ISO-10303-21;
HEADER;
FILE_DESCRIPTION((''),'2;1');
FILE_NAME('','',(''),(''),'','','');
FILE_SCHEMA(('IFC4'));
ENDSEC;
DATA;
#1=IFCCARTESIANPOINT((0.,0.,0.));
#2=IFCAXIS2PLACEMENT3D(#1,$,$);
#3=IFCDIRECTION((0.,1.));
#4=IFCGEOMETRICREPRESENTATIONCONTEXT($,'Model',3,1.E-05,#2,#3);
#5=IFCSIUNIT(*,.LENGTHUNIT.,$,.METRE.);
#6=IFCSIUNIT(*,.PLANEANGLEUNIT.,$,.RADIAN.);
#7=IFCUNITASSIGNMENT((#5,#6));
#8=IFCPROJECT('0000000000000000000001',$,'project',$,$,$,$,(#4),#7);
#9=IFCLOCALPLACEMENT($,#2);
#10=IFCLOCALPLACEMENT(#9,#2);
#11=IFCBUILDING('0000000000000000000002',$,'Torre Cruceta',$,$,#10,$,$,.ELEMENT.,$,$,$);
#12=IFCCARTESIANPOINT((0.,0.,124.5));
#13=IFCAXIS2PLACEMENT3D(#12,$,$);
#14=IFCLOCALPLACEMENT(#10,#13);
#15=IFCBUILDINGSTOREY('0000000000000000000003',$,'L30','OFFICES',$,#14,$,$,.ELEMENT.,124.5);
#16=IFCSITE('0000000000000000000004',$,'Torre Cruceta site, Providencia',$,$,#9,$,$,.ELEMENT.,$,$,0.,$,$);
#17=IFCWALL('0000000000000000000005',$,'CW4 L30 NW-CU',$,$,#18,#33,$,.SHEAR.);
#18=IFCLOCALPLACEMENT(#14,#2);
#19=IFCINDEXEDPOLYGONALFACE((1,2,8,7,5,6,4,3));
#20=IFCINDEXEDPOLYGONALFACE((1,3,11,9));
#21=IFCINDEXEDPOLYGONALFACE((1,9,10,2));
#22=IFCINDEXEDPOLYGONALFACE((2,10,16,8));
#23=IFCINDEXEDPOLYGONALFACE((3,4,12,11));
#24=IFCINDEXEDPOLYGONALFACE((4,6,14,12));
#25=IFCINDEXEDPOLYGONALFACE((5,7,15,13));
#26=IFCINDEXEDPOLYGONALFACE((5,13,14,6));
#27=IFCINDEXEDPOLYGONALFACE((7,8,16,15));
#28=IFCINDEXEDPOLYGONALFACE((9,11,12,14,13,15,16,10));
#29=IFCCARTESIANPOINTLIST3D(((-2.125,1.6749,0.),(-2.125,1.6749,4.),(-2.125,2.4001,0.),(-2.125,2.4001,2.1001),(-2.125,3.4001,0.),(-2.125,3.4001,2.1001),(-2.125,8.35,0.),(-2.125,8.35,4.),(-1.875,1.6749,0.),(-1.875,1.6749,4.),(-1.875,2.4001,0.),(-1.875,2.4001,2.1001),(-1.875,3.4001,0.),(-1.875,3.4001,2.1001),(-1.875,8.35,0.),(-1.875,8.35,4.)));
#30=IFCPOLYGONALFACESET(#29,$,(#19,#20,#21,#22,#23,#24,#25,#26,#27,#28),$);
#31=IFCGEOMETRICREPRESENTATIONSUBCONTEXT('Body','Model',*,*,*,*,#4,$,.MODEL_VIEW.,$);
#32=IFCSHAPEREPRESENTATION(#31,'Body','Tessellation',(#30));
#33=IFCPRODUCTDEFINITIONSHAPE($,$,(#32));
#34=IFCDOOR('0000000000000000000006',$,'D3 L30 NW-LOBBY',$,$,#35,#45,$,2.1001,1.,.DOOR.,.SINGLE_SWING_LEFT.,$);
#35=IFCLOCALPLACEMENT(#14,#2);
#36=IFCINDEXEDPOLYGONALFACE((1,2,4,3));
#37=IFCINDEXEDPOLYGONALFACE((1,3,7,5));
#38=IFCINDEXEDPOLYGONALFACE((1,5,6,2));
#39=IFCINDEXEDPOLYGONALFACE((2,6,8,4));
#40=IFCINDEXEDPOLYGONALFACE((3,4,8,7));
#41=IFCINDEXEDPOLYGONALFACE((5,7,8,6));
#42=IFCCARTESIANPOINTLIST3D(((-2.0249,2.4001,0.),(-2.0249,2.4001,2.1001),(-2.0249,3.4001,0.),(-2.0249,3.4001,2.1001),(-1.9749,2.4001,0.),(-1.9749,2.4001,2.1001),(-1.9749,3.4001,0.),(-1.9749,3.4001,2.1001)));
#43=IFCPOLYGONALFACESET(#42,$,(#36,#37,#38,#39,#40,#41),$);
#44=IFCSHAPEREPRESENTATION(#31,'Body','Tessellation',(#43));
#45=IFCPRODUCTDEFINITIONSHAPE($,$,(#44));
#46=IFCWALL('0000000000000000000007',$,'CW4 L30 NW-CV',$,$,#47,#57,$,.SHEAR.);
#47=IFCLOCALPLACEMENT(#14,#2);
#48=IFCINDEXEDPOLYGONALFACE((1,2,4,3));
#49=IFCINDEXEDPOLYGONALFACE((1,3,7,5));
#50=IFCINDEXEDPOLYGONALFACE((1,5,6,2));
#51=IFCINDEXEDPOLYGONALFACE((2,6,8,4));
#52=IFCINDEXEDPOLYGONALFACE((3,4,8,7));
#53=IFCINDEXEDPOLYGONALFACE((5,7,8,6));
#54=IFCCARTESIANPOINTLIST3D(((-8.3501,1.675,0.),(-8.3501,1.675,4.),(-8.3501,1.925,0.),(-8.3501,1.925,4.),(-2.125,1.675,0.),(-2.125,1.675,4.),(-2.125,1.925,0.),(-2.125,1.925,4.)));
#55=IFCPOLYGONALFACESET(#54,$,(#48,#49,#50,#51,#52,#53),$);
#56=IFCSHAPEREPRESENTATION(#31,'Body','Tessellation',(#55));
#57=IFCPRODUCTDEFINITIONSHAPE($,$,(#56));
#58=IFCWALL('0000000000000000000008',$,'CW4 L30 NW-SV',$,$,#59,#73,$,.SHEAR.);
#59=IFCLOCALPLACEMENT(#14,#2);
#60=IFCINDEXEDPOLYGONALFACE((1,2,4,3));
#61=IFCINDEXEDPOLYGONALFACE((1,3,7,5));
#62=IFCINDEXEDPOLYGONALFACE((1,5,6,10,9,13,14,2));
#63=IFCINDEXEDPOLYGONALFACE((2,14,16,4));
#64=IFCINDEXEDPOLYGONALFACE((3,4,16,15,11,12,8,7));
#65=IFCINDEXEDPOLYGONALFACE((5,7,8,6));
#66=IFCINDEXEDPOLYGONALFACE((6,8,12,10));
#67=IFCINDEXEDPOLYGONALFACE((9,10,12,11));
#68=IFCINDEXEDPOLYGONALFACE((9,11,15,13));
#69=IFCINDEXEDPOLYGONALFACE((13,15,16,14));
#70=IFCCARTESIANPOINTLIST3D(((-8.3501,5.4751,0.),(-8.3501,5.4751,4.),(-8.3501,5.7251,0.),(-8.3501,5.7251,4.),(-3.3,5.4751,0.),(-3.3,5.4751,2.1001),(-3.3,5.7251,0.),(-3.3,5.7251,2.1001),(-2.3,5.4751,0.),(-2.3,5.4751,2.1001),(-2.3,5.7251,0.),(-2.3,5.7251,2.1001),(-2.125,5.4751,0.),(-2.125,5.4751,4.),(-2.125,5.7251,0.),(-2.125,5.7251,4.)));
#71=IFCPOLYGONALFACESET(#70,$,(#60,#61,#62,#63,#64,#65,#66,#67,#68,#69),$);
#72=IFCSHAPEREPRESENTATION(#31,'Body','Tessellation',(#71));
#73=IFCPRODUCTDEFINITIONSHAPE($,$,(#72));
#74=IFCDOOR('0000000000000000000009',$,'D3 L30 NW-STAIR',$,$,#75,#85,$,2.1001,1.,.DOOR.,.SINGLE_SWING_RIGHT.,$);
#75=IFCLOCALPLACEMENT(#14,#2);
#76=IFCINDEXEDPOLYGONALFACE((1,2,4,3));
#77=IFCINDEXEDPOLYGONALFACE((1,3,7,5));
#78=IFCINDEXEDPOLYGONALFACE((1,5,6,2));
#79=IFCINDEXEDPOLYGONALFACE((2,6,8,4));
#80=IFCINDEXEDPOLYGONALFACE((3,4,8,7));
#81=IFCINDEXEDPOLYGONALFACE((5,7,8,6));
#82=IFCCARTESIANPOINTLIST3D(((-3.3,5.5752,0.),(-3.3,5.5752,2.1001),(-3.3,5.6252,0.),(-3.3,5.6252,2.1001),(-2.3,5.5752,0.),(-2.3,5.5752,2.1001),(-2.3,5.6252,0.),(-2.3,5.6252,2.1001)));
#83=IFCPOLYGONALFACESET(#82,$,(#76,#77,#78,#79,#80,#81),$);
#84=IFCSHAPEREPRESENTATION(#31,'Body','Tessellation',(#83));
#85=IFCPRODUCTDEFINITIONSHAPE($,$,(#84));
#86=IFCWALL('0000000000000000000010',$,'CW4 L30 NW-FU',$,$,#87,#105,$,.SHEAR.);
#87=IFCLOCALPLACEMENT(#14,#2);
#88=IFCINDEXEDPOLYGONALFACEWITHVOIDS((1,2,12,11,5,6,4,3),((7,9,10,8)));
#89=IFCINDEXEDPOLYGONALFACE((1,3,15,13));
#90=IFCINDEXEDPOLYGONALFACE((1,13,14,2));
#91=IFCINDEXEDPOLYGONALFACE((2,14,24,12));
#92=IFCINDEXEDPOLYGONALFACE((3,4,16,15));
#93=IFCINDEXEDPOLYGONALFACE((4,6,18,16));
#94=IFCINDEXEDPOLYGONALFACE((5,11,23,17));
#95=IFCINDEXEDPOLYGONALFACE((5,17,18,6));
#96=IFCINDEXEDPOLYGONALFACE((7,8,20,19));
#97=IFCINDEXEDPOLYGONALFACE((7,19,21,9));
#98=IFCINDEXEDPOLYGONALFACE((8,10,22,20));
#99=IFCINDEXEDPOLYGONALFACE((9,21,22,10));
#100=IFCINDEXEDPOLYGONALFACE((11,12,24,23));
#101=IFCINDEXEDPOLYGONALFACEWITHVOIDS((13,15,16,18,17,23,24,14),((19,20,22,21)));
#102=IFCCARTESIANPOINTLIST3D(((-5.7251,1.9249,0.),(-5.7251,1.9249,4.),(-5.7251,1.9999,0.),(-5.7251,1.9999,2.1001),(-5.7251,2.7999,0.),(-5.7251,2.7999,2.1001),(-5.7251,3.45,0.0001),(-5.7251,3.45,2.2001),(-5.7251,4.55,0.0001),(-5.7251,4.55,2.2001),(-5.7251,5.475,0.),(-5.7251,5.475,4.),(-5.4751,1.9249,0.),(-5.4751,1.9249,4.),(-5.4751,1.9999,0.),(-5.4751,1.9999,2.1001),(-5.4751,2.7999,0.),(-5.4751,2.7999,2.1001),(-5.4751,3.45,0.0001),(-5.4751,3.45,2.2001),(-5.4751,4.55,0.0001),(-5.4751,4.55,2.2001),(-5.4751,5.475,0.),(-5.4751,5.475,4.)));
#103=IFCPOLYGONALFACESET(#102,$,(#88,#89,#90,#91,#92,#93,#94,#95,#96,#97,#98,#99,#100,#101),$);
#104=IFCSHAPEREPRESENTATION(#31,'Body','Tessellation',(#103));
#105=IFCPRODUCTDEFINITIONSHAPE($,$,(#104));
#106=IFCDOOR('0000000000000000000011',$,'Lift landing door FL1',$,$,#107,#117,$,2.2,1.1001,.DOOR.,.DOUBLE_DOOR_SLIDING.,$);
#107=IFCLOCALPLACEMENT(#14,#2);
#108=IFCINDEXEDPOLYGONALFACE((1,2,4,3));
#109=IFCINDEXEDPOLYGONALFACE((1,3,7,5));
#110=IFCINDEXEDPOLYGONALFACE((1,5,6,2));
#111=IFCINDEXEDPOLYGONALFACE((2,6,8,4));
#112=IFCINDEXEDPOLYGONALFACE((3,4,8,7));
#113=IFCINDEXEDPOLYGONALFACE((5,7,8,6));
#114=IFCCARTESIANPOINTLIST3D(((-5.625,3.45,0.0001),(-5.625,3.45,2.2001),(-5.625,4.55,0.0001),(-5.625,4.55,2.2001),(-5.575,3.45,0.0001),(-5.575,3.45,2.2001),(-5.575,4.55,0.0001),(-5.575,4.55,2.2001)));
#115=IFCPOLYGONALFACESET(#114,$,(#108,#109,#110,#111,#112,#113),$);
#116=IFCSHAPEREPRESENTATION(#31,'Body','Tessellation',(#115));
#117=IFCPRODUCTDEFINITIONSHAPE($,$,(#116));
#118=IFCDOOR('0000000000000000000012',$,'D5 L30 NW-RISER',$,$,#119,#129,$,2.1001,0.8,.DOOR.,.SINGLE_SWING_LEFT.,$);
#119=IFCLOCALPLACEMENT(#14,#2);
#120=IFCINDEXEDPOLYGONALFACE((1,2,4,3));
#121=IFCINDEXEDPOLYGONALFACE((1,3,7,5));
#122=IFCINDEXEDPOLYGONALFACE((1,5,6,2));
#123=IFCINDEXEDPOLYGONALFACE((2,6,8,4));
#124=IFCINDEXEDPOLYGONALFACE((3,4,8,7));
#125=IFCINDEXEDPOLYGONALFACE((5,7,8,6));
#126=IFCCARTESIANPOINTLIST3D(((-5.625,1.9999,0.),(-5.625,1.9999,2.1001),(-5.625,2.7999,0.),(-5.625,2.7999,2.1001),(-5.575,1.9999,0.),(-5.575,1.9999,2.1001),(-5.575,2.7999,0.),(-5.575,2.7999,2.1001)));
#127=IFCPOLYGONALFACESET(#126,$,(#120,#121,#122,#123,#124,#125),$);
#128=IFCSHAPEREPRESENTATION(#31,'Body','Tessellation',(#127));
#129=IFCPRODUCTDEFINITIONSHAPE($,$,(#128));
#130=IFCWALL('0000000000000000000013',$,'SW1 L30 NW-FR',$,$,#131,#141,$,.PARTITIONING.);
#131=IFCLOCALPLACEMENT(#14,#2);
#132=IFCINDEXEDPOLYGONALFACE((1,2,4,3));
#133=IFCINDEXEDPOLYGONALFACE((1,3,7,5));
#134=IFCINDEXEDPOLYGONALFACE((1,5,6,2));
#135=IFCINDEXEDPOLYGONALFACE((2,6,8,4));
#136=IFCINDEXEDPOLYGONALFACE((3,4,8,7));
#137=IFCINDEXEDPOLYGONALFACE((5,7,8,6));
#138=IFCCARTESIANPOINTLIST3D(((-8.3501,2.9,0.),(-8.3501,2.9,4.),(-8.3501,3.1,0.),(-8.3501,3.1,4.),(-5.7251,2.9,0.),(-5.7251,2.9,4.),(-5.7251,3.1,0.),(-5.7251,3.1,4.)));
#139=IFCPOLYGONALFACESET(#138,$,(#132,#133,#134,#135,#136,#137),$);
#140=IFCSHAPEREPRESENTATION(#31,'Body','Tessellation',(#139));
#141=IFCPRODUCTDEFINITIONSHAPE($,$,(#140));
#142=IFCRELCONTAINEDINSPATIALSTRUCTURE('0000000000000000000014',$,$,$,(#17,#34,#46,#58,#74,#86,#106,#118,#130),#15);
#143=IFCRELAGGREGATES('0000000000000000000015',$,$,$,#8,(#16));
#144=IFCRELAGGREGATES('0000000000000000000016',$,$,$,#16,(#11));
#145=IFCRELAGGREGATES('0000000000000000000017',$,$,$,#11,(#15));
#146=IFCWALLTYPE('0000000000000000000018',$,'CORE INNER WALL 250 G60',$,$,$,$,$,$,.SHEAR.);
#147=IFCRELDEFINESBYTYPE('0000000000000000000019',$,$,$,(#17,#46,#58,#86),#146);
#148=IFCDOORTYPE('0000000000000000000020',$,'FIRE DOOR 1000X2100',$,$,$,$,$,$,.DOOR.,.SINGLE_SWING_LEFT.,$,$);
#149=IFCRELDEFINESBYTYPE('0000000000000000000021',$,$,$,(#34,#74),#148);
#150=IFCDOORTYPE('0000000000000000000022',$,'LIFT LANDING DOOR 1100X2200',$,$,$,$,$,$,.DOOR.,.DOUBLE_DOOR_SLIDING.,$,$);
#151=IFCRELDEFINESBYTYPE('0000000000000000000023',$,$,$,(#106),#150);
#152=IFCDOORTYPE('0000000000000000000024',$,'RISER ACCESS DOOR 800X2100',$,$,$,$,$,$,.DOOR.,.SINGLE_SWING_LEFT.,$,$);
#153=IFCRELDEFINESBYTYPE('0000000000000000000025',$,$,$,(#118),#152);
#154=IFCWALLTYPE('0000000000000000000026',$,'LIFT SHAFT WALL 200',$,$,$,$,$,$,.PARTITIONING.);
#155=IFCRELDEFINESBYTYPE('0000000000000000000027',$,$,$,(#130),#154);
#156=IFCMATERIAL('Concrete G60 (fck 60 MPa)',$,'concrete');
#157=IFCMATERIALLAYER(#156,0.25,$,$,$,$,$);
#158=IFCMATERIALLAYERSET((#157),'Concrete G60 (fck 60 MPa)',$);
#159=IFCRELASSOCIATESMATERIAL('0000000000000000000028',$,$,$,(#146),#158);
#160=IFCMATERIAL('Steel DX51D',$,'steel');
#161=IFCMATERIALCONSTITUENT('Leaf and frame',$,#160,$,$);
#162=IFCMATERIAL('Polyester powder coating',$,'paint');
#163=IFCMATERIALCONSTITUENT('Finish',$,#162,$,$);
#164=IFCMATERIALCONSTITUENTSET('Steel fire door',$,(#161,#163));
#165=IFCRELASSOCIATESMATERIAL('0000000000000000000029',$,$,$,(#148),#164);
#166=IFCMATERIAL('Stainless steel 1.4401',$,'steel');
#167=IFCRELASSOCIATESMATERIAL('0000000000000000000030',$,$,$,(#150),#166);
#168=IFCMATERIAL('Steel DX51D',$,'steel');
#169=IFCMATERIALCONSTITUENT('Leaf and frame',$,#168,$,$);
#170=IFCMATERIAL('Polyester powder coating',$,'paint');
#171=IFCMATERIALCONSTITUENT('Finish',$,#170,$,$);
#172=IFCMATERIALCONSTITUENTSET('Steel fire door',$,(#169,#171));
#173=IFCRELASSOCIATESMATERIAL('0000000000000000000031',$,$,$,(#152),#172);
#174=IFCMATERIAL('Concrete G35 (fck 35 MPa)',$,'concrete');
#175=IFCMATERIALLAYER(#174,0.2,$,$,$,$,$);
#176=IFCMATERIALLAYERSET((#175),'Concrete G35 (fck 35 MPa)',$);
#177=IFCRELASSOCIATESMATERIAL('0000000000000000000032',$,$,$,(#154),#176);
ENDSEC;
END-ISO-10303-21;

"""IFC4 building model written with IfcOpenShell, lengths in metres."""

from ifc_helpers import new_model, si_unit, direction, frame, frame_2d, origin, place, context, subcontext, project, spatial, rectangle, extrude, material, layer, layer_set, constituent, constituent_set, type_object, element, fill, save


model = new_model("IFC4")

# Units and contexts
model_context = context("Model", 3, precision=1e-05, world=origin(), true_north=direction((0.0, 1.0)))
body_context = subcontext(model_context, "Body", "Model", "MODEL_VIEW")
ifc_project = project(units=[si_unit("LENGTHUNIT", "METRE"), si_unit("PLANEANGLEUNIT", "RADIAN")], contexts=[model_context])

# Site, building, storey
site_placement = place(None, origin())
site = spatial("IfcSite", under=ifc_project, at=site_placement, Name="Torre Cruceta site, Providencia", CompositionType="ELEMENT", RefElevation=0.0)
building_placement = place(site_placement, origin())
building = spatial("IfcBuilding", under=site, at=building_placement, Name="Torre Cruceta", CompositionType="ELEMENT")
storey_placement = place(building_placement, frame((0.0, 0.0, 124.5)))
storey = spatial("IfcBuildingStorey", under=building, at=storey_placement, Name="L30", Description="OFFICES", CompositionType="ELEMENT", Elevation=124.5)

# Wall, opening, door
ifc_material_1 = material(Name="Concrete G60 (fck 60 MPa)", Category="concrete")
ifc_layer_1 = layer(ifc_material_1, 0.25)
ifc_layer_set_1 = layer_set([ifc_layer_1], Name="Concrete G60 (fck 60 MPa)")
wall_type_1 = type_object("IfcWallType", Name="CORE INNER WALL 250 G60", PredefinedType="SHEAR", material=ifc_layer_set_1)
wall_1_placement = place(storey_placement, frame((-2.0, 1.675, 0.0), z_axis=(0.0, 0.0, 1.0), x_axis=(0.0, 1.0, 0.0)))
wall_1 = element("IfcWall", 1, at=wall_1_placement, inside=storey, type_object=wall_type_1, Name="CW4 L30 NW-CU", PredefinedType="SHEAR", context=body_context, shape_type="SweptSolid", body=[
    extrude(rectangle(XDim=6.675, YDim=0.25, at=frame_2d((3.3374, 0.0))), origin(), (0.0, 0.0, 1.0), 4.0),
])
opening_1_placement = place(wall_1_placement, frame((0.7251, 0.0, 0.0)))
opening_1 = element("IfcOpeningElement", 2, at=opening_1_placement, cuts=wall_1, PredefinedType="OPENING", context=body_context, shape_type="SweptSolid", body=[
    extrude(rectangle(XDim=1.0, YDim=2.1001, at=frame_2d((0.5, 1.05))), frame((0.0, 0.135, 0.0), z_axis=(0.0, -1.0, 0.0), x_axis=(1.0, 0.0, 0.0)), (0.0, 0.0, 1.0), 0.27),
])
ifc_material_2 = material(Name="Steel DX51D", Category="steel")
ifc_constituent_1 = constituent(ifc_material_2, Name="Leaf and frame")
ifc_material_3 = material(Name="Polyester powder coating", Category="paint")
ifc_constituent_2 = constituent(ifc_material_3, Name="Finish")
ifc_constituent_set_1 = constituent_set(constituents=[ifc_constituent_1, ifc_constituent_2], Name="Steel fire door")
door_type_1 = type_object("IfcDoorType", Name="FIRE DOOR 1000X2100", OperationType="SINGLE_SWING_LEFT", PredefinedType="DOOR", material=ifc_constituent_set_1)
door_1_placement = place(opening_1_placement, origin())
door_1 = element("IfcDoor", 3, at=door_1_placement, inside=storey, type_object=door_type_1, Name="D3 L30 NW-LOBBY", OperationType="SINGLE_SWING_LEFT", OverallHeight=2.1001, OverallWidth=1.0, PredefinedType="DOOR", context=body_context, shape_type="SweptSolid", body=[
    extrude(rectangle(XDim=1.0, YDim=2.1001, at=frame_2d((0.5, 1.05))), frame((0.0, 0.0249, 0.0), z_axis=(0.0, -1.0, 0.0), x_axis=(1.0, 0.0, 0.0)), (0.0, 0.0, 1.0), 0.05),
])
fill(opening_1, door_1)

# Wall
wall_2_placement = place(storey_placement, frame((-2.125, 1.8, 0.0), z_axis=(0.0, 0.0, 1.0), x_axis=(-1.0, 0.0, 0.0)))
element("IfcWall", 4, at=wall_2_placement, inside=storey, type_object=wall_type_1, Name="CW4 L30 NW-CV", PredefinedType="SHEAR", context=body_context, shape_type="SweptSolid", body=[
    extrude(rectangle(XDim=6.2251, YDim=0.25, at=frame_2d((3.1125, 0.0))), origin(), (0.0, 0.0, 1.0), 4.0),
])

# Wall, opening, door
wall_3_placement = place(storey_placement, frame((-2.125, 5.6001, 0.0), z_axis=(0.0, 0.0, 1.0), x_axis=(-1.0, 0.0, 0.0)))
wall_3 = element("IfcWall", 5, at=wall_3_placement, inside=storey, type_object=wall_type_1, Name="CW4 L30 NW-SV", PredefinedType="SHEAR", context=body_context, shape_type="SweptSolid", body=[
    extrude(rectangle(XDim=6.2251, YDim=0.25, at=frame_2d((3.1125, 0.0))), origin(), (0.0, 0.0, 1.0), 4.0),
])
opening_2_placement = place(wall_3_placement, frame((0.175, 0.0, 0.0)))
opening_2 = element("IfcOpeningElement", 6, at=opening_2_placement, cuts=wall_3, PredefinedType="OPENING", context=body_context, shape_type="SweptSolid", body=[
    extrude(rectangle(XDim=1.0, YDim=2.1001, at=frame_2d((0.5, 1.05))), frame((0.0, 0.135, 0.0), z_axis=(0.0, -1.0, 0.0), x_axis=(1.0, 0.0, 0.0)), (0.0, 0.0, 1.0), 0.27),
])
door_2_placement = place(opening_2_placement, frame((1.0, 0.0, 0.0), z_axis=(0.0, 0.0, 1.0), x_axis=(-1.0, 0.0, 0.0)))
door_2 = element("IfcDoor", 7, at=door_2_placement, inside=storey, type_object=door_type_1, Name="D3 L30 NW-STAIR", OperationType="SINGLE_SWING_RIGHT", OverallHeight=2.1001, OverallWidth=1.0, PredefinedType="DOOR", context=body_context, shape_type="SweptSolid", body=[
    extrude(rectangle(XDim=1.0, YDim=2.1001, at=frame_2d((0.5, 1.05))), frame((0.0, 0.0251, 0.0), z_axis=(0.0, -1.0, 0.0), x_axis=(1.0, 0.0, 0.0)), (0.0, 0.0, 1.0), 0.05),
])
fill(opening_2, door_2)

# Wall, openings, doors
wall_4_placement = place(storey_placement, frame((-5.6001, 1.925, 0.0), z_axis=(0.0, 0.0, 1.0), x_axis=(0.0, 1.0, 0.0)))
wall_4 = element("IfcWall", 8, at=wall_4_placement, inside=storey, type_object=wall_type_1, Name="CW4 L30 NW-FU", PredefinedType="SHEAR", context=body_context, shape_type="SweptSolid", body=[
    extrude(rectangle(XDim=3.55, YDim=0.25, at=frame_2d((1.7749, 0.0))), origin(), (0.0, 0.0, 1.0), 4.0),
])
opening_3_placement = place(wall_4_placement, frame((1.5249, 0.0, 0.0)))
opening_3 = element("IfcOpeningElement", 9, at=opening_3_placement, cuts=wall_4, PredefinedType="OPENING", context=body_context, shape_type="SweptSolid", body=[
    extrude(rectangle(XDim=1.1001, YDim=2.2, at=frame_2d((0.55, 1.1001))), frame((0.0, 0.135, 0.0), z_axis=(0.0, -1.0, 0.0), x_axis=(1.0, 0.0, 0.0)), (0.0, 0.0, 1.0), 0.27),
])
opening_4_placement = place(wall_4_placement, frame((0.075, 0.0, 0.0)))
opening_4 = element("IfcOpeningElement", 10, at=opening_4_placement, cuts=wall_4, PredefinedType="OPENING", context=body_context, shape_type="SweptSolid", body=[
    extrude(rectangle(XDim=0.8, YDim=2.1001, at=frame_2d((0.3999, 1.05))), frame((0.0, 0.135, 0.0), z_axis=(0.0, -1.0, 0.0), x_axis=(1.0, 0.0, 0.0)), (0.0, 0.0, 1.0), 0.27),
])
ifc_material_4 = material(Name="Stainless steel 1.4401", Category="steel")
door_type_2 = type_object("IfcDoorType", Name="LIFT LANDING DOOR 1100X2200", OperationType="DOUBLE_DOOR_SLIDING", PredefinedType="DOOR", material=ifc_material_4)
door_3_placement = place(opening_3_placement, origin())
door_3 = element("IfcDoor", 11, at=door_3_placement, inside=storey, type_object=door_type_2, Name="Lift landing door FL1", OperationType="DOUBLE_DOOR_SLIDING", OverallHeight=2.2, OverallWidth=1.1001, PredefinedType="DOOR", context=body_context, shape_type="SweptSolid", body=[
    extrude(rectangle(XDim=1.1001, YDim=2.2, at=frame_2d((0.55, 1.1001))), frame((0.0, 0.0249, 0.0), z_axis=(0.0, -1.0, 0.0), x_axis=(1.0, 0.0, 0.0)), (0.0, 0.0, 1.0), 0.05),
])
fill(opening_3, door_3)
ifc_material_5 = material(Name="Steel DX51D", Category="steel")
ifc_constituent_3 = constituent(ifc_material_5, Name="Leaf and frame")
ifc_material_6 = material(Name="Polyester powder coating", Category="paint")
ifc_constituent_4 = constituent(ifc_material_6, Name="Finish")
ifc_constituent_set_2 = constituent_set(constituents=[ifc_constituent_3, ifc_constituent_4], Name="Steel fire door")
door_type_3 = type_object("IfcDoorType", Name="RISER ACCESS DOOR 800X2100", OperationType="SINGLE_SWING_LEFT", PredefinedType="DOOR", material=ifc_constituent_set_2)
door_4_placement = place(opening_4_placement, origin())
door_4 = element("IfcDoor", 12, at=door_4_placement, inside=storey, type_object=door_type_3, Name="D5 L30 NW-RISER", OperationType="SINGLE_SWING_LEFT", OverallHeight=2.1001, OverallWidth=0.8, PredefinedType="DOOR", context=body_context, shape_type="SweptSolid", body=[
    extrude(rectangle(XDim=0.8, YDim=2.1001, at=frame_2d((0.3999, 1.05))), frame((0.0, 0.0249, 0.0), z_axis=(0.0, -1.0, 0.0), x_axis=(1.0, 0.0, 0.0)), (0.0, 0.0, 1.0), 0.05),
])
fill(opening_4, door_4)

# Wall
ifc_material_7 = material(Name="Concrete G35 (fck 35 MPa)", Category="concrete")
ifc_layer_2 = layer(ifc_material_7, 0.2)
ifc_layer_set_2 = layer_set([ifc_layer_2], Name="Concrete G35 (fck 35 MPa)")
wall_type_2 = type_object("IfcWallType", Name="LIFT SHAFT WALL 200", PredefinedType="PARTITIONING", material=ifc_layer_set_2)
wall_5_placement = place(storey_placement, frame((-5.7251, 3.0, 0.0), z_axis=(0.0, 0.0, 1.0), x_axis=(-1.0, 0.0, 0.0)))
element("IfcWall", 13, at=wall_5_placement, inside=storey, type_object=wall_type_2, Name="SW1 L30 NW-FR", PredefinedType="PARTITIONING", context=body_context, shape_type="SweptSolid", body=[
    extrude(rectangle(XDim=2.625, YDim=0.2, at=frame_2d((1.3125, 0.0))), origin(), (0.0, 0.0, 1.0), 4.0),
])

save(model, "model.ifc")
